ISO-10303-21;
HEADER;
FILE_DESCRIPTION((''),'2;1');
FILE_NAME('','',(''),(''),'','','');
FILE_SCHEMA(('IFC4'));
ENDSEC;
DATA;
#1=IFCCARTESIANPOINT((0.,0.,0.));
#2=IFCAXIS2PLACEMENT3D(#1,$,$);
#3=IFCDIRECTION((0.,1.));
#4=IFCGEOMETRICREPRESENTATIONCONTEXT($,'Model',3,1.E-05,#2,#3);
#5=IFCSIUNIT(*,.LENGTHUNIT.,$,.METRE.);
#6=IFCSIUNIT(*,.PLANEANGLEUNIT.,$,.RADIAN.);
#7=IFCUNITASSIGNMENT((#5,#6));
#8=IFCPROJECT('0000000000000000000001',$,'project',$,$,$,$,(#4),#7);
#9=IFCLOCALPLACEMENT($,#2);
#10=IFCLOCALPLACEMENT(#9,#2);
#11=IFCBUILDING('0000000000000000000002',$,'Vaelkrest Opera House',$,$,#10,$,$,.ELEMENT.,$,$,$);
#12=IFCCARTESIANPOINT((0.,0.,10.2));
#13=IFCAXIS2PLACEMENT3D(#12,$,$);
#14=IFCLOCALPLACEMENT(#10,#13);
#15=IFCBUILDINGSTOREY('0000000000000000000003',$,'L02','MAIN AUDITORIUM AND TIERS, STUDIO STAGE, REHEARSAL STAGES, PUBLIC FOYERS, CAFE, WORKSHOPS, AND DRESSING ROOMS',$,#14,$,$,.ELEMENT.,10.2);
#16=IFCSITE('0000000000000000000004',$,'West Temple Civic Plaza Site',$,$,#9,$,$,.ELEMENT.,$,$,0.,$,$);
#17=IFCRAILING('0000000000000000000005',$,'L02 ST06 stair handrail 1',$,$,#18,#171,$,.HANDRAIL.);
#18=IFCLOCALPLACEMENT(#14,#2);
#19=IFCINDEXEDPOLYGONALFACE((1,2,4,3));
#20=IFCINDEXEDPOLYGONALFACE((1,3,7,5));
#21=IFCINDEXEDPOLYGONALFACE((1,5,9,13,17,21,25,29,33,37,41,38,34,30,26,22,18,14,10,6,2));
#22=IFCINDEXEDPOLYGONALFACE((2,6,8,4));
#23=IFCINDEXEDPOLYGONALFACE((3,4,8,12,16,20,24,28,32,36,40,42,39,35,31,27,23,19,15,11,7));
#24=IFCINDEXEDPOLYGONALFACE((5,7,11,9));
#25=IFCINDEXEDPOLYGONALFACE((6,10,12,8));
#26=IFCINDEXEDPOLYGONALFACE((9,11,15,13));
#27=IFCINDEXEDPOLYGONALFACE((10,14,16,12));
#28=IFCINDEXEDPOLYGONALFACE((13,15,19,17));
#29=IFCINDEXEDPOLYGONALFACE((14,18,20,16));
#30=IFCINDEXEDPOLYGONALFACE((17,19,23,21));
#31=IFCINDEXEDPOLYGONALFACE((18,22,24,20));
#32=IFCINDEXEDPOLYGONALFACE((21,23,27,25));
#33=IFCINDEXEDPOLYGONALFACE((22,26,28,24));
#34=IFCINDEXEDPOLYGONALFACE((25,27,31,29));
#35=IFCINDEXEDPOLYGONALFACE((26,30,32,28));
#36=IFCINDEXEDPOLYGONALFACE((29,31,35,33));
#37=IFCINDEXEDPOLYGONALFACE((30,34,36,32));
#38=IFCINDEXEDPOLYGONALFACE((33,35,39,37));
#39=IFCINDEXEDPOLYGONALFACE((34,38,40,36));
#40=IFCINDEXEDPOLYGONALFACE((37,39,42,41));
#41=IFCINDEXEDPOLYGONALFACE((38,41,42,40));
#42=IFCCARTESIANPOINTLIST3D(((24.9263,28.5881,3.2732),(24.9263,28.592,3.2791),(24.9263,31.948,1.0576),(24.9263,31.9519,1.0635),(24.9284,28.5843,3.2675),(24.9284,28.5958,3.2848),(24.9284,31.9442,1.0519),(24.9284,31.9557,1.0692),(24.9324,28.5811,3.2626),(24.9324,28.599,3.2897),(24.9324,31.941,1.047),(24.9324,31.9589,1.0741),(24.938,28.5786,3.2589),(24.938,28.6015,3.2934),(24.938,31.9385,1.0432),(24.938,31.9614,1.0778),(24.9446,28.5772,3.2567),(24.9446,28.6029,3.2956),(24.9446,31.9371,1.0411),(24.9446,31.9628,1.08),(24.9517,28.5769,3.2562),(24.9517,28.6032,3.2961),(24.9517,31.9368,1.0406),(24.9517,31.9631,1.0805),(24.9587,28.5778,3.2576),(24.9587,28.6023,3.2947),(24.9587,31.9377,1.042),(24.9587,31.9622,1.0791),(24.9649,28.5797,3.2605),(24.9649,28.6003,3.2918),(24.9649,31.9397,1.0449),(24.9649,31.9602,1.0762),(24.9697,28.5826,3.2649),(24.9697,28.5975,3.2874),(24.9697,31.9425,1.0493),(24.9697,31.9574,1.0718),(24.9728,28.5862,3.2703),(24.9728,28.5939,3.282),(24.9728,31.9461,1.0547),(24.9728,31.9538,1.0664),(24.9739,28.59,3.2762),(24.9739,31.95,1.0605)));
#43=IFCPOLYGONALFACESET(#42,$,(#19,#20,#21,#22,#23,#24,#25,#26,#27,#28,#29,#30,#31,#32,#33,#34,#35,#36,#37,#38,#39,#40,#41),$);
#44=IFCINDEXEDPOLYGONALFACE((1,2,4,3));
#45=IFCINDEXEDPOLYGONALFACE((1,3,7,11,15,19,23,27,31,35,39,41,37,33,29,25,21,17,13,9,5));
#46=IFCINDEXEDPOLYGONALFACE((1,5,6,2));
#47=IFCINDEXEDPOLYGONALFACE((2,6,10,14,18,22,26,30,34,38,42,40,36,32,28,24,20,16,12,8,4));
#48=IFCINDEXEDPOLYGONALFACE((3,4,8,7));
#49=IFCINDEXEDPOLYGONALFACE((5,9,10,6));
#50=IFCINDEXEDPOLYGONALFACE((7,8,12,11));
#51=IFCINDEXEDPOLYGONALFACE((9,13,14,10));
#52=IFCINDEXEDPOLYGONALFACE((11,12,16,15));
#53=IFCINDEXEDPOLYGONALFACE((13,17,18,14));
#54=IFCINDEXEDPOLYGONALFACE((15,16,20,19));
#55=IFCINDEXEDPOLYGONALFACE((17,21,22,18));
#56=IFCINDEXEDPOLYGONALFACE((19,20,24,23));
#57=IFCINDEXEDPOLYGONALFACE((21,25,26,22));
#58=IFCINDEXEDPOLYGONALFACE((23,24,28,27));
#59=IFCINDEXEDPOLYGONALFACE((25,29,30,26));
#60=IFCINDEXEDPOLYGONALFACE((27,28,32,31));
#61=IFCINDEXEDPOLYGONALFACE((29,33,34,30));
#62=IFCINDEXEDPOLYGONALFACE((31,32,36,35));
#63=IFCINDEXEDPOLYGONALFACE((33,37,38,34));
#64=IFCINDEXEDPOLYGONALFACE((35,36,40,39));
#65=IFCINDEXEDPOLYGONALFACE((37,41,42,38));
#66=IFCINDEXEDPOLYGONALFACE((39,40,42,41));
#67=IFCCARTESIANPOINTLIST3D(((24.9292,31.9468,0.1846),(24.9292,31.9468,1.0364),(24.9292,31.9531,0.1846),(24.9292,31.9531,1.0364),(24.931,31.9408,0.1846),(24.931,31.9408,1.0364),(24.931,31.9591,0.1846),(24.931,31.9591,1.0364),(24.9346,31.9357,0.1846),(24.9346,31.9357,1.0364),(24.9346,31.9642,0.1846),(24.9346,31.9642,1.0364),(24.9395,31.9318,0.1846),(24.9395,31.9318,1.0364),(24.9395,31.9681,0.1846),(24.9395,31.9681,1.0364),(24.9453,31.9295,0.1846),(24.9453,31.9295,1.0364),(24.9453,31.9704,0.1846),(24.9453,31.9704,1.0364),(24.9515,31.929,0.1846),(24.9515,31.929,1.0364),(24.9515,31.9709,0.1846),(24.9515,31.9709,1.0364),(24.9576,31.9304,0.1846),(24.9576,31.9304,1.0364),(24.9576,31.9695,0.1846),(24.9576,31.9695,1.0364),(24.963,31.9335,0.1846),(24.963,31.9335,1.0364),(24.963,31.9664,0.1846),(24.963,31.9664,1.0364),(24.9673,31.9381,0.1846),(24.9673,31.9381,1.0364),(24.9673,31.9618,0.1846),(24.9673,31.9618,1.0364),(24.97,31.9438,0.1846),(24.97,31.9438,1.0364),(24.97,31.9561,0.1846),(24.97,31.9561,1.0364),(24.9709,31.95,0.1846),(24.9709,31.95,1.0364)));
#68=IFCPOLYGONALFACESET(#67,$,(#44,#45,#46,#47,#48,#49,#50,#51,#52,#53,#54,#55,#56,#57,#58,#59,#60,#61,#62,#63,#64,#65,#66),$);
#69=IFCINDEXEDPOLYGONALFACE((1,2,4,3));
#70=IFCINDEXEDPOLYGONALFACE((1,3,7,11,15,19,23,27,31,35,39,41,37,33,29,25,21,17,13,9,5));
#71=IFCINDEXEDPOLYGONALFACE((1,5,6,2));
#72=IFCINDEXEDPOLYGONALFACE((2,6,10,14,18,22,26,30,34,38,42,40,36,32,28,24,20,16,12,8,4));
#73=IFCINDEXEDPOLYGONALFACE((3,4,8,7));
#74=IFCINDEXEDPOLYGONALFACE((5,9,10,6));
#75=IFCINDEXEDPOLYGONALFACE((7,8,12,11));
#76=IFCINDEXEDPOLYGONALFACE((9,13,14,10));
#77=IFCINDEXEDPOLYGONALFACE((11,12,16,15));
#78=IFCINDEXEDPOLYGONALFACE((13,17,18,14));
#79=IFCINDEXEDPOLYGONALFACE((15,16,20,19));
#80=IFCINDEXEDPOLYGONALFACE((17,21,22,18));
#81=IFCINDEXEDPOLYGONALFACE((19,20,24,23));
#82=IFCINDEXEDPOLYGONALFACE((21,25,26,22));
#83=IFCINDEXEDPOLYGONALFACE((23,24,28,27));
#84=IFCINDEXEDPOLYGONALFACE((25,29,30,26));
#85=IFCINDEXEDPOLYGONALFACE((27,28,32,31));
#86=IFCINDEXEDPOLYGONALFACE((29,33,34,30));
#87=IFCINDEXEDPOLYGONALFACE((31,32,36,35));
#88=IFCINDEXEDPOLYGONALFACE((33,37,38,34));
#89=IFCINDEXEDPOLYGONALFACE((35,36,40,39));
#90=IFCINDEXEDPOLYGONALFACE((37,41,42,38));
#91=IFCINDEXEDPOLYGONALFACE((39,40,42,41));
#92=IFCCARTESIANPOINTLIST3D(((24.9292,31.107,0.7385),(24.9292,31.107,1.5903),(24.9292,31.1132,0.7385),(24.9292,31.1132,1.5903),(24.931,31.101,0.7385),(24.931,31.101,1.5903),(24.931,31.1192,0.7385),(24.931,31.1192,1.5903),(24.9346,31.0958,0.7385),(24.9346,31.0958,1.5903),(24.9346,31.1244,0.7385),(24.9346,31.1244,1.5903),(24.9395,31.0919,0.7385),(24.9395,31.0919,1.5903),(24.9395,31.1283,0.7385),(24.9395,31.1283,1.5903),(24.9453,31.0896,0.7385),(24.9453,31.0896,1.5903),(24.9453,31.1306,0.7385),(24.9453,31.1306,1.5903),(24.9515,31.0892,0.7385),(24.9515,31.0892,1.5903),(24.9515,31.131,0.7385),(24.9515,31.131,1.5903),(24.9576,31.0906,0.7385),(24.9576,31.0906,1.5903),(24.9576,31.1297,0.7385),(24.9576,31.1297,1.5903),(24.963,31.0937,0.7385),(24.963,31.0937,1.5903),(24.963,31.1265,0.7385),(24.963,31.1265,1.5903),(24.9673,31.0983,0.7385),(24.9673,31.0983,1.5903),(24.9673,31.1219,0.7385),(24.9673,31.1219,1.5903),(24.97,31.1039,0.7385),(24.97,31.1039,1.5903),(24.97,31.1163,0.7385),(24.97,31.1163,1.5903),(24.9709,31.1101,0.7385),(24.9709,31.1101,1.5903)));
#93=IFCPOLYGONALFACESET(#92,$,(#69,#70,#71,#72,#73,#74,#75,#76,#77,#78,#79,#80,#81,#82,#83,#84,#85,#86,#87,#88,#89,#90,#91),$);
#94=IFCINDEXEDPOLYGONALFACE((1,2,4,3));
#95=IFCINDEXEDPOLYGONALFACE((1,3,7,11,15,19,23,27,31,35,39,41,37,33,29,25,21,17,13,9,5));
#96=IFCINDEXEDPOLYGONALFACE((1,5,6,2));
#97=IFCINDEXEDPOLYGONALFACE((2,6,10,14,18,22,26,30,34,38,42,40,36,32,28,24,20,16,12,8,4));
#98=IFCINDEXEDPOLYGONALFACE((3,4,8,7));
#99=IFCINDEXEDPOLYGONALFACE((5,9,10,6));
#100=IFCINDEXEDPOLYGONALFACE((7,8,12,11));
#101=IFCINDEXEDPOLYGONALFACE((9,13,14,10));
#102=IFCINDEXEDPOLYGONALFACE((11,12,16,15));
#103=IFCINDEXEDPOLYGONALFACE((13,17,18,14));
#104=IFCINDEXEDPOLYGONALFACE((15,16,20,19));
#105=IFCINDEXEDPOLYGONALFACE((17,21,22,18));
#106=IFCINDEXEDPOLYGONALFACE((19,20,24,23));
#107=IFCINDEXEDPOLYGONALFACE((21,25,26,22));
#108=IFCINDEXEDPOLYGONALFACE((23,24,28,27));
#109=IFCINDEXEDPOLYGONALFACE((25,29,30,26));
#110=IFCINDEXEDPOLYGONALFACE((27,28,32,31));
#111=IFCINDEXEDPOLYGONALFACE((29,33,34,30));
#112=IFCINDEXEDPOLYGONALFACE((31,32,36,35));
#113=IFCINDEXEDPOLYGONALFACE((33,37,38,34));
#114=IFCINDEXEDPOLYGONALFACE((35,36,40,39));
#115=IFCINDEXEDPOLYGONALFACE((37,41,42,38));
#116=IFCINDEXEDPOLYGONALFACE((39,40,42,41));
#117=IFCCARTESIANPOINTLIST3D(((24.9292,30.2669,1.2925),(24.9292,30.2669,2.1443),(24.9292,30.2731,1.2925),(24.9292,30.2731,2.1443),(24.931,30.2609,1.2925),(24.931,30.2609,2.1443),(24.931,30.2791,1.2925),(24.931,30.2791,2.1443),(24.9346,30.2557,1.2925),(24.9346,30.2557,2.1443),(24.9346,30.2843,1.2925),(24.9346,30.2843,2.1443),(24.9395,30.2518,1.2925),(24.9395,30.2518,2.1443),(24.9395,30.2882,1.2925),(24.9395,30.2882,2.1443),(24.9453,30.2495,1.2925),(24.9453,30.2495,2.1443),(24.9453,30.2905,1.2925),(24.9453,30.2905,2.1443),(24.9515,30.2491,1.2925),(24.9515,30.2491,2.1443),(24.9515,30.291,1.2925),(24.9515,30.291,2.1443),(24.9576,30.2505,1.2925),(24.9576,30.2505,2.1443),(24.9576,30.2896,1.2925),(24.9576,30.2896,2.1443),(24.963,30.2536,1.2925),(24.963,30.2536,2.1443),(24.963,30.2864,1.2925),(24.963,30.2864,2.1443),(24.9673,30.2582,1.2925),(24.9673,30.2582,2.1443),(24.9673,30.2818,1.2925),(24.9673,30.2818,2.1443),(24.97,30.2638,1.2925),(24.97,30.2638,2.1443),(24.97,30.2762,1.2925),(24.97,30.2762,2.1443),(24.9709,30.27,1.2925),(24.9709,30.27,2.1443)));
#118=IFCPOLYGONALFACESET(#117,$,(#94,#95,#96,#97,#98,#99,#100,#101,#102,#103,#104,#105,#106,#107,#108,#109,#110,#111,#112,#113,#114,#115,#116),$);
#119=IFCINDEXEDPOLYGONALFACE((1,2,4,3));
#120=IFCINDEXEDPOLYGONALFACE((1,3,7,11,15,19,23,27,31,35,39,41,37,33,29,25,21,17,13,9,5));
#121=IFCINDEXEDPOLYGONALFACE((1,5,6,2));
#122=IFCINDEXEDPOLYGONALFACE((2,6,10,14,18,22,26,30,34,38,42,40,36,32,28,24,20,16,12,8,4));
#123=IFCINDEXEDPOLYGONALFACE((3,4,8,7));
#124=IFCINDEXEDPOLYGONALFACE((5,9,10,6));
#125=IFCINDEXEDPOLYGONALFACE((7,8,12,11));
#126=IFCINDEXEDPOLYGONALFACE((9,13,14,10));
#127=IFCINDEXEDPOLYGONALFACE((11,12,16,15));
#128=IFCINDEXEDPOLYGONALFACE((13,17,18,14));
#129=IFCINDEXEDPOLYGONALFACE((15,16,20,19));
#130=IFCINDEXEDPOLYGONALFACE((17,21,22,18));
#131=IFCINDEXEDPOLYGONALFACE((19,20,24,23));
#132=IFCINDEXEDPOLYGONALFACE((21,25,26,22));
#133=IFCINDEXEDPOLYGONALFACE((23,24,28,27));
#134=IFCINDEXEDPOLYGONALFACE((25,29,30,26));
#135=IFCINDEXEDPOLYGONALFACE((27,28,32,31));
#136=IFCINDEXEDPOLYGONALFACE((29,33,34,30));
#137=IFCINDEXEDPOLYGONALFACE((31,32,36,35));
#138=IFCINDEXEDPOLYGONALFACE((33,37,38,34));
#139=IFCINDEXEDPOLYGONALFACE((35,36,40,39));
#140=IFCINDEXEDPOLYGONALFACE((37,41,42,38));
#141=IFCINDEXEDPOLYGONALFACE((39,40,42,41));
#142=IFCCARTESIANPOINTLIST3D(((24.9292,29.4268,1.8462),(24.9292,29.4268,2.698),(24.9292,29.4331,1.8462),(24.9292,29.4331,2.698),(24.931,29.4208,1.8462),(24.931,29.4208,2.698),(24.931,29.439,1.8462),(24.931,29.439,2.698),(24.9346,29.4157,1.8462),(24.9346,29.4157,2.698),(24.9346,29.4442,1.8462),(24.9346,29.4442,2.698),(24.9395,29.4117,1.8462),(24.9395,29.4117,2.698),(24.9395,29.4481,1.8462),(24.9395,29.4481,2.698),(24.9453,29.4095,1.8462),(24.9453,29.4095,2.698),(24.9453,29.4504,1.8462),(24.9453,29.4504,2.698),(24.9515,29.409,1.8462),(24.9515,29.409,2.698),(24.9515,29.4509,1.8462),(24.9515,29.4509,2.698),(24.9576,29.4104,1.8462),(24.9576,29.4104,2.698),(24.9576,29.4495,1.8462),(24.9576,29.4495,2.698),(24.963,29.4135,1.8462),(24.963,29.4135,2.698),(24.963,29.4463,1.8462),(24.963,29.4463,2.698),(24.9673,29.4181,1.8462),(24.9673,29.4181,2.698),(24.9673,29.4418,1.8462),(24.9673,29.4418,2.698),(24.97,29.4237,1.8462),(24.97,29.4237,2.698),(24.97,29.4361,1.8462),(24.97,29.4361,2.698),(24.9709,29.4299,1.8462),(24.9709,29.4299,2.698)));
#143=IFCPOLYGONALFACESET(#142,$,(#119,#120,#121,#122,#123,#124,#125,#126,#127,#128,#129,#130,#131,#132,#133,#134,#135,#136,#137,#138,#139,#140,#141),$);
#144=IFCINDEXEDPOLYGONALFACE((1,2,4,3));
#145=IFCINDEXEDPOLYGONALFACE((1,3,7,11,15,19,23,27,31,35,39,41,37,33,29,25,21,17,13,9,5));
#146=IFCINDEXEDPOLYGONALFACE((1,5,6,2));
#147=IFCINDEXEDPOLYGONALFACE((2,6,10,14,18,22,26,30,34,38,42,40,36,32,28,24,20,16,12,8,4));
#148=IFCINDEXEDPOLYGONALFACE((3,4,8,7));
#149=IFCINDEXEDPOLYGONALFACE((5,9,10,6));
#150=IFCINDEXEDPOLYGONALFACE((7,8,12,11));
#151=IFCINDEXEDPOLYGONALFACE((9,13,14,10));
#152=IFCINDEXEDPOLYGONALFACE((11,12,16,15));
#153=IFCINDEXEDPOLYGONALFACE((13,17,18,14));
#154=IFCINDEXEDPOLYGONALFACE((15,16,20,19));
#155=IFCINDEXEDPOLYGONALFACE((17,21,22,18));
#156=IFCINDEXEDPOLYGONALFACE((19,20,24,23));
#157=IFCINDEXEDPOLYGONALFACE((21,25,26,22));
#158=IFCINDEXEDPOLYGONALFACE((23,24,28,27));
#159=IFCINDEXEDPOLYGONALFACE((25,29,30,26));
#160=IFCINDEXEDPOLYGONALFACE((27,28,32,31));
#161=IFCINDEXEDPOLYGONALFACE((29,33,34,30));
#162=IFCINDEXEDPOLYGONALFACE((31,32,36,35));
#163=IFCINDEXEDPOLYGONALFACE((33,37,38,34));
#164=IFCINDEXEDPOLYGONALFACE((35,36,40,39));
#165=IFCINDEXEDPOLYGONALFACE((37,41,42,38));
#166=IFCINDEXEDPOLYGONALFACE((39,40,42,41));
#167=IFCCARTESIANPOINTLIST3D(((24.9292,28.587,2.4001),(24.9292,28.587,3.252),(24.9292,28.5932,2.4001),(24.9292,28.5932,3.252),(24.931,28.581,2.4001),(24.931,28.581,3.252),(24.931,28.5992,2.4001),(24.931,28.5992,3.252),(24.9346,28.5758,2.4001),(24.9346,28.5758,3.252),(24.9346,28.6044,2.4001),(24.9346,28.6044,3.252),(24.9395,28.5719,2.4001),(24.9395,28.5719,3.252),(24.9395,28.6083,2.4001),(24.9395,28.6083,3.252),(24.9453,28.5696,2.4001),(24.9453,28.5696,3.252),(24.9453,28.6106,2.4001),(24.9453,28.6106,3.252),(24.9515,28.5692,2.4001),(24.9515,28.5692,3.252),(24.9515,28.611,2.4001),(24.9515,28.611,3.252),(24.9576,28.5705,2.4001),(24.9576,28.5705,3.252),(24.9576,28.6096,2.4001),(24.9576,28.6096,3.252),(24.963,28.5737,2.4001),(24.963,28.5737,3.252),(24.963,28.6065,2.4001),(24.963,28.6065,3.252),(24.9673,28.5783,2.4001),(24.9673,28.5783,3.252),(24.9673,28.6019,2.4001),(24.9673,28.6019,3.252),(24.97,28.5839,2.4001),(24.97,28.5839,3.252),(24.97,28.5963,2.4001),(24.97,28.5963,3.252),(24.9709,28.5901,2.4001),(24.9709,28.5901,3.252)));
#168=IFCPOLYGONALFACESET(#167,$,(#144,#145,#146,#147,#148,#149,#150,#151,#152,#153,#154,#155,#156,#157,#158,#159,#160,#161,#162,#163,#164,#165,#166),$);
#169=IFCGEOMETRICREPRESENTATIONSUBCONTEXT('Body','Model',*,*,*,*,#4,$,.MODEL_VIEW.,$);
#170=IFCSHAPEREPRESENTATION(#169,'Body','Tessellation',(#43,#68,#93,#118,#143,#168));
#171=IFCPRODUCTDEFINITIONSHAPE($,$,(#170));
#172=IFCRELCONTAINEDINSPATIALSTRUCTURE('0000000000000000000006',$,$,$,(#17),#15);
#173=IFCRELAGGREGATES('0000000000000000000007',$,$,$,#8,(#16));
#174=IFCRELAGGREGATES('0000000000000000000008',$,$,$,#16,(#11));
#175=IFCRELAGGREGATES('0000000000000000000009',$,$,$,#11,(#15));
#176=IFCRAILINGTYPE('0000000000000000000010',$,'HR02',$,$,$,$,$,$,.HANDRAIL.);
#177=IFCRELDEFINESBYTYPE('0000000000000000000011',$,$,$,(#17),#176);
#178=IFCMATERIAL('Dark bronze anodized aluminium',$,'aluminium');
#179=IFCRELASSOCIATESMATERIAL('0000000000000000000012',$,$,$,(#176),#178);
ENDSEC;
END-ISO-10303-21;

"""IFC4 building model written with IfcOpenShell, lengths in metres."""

from ifc_helpers import new_model, si_unit, direction, frame, origin, origin_2d, place, context, subcontext, project, spatial, circle, extrude, material, type_object, element, save


model = new_model("IFC4")

# Units and contexts
model_context = context("Model", 3, precision=1e-05, world=origin(), true_north=direction((0.0, 1.0)))
body_context = subcontext(model_context, "Body", "Model", "MODEL_VIEW")
ifc_project = project(units=[si_unit("LENGTHUNIT", "METRE"), si_unit("PLANEANGLEUNIT", "RADIAN")], contexts=[model_context])

# Site, building, storey
site_placement = place(None, origin())
site = spatial("IfcSite", under=ifc_project, at=site_placement, Name="West Temple Civic Plaza Site", CompositionType="ELEMENT", RefElevation=0.0)
building_placement = place(site_placement, origin())
building = spatial("IfcBuilding", under=site, at=building_placement, Name="Vaelkrest Opera House", CompositionType="ELEMENT")
storey_placement = place(building_placement, frame((0.0, 0.0, 10.2)))
storey = spatial("IfcBuildingStorey", under=building, at=storey_placement, Name="L02", Description="MAIN AUDITORIUM AND TIERS, STUDIO STAGE, REHEARSAL STAGES, PUBLIC FOYERS, CAFE, WORKSHOPS, AND DRESSING ROOMS", CompositionType="ELEMENT", Elevation=10.2)

# Railing
ifc_material_1 = material(Name="Dark bronze anodized aluminium", Category="aluminium")
railing_type_1 = type_object("IfcRailingType", Name="HR02", PredefinedType="HANDRAIL", material=ifc_material_1)
railing_1_placement = place(storey_placement, frame((24.95, 31.95, 0.1846)))
element("IfcRailing", 1, at=railing_1_placement, inside=storey, type_object=railing_type_1, Name="L02 ST06 stair handrail 1", PredefinedType="HANDRAIL", context=body_context, shape_type="SweptSolid", body=[
    extrude(circle(Radius=0.0239, at=origin_2d()), frame((0.0, 0.0, 0.876), z_axis=(0.0, -0.83483, 0.550508), x_axis=(1.0, 0.0, 0.0)), (0.0, 0.0, 1.0), 4.0247),
    extrude(circle(Radius=0.021, at=origin_2d()), origin(), (0.0, 0.0, 1.0), 0.8518),
    extrude(circle(Radius=0.021, at=origin_2d()), frame((0.0, -0.8398, 0.554)), (0.0, 0.0, 1.0), 0.8518),
    extrude(circle(Radius=0.021, at=origin_2d()), frame((0.0, -1.6799, 1.1079)), (0.0, 0.0, 1.0), 0.8518),
    extrude(circle(Radius=0.021, at=origin_2d()), frame((0.0, -2.52, 1.6616)), (0.0, 0.0, 1.0), 0.8518),
    extrude(circle(Radius=0.021, at=origin_2d()), frame((0.0, -3.3599, 2.2156)), (0.0, 0.0, 1.0), 0.8518),
])

save(model, "model.ifc")
